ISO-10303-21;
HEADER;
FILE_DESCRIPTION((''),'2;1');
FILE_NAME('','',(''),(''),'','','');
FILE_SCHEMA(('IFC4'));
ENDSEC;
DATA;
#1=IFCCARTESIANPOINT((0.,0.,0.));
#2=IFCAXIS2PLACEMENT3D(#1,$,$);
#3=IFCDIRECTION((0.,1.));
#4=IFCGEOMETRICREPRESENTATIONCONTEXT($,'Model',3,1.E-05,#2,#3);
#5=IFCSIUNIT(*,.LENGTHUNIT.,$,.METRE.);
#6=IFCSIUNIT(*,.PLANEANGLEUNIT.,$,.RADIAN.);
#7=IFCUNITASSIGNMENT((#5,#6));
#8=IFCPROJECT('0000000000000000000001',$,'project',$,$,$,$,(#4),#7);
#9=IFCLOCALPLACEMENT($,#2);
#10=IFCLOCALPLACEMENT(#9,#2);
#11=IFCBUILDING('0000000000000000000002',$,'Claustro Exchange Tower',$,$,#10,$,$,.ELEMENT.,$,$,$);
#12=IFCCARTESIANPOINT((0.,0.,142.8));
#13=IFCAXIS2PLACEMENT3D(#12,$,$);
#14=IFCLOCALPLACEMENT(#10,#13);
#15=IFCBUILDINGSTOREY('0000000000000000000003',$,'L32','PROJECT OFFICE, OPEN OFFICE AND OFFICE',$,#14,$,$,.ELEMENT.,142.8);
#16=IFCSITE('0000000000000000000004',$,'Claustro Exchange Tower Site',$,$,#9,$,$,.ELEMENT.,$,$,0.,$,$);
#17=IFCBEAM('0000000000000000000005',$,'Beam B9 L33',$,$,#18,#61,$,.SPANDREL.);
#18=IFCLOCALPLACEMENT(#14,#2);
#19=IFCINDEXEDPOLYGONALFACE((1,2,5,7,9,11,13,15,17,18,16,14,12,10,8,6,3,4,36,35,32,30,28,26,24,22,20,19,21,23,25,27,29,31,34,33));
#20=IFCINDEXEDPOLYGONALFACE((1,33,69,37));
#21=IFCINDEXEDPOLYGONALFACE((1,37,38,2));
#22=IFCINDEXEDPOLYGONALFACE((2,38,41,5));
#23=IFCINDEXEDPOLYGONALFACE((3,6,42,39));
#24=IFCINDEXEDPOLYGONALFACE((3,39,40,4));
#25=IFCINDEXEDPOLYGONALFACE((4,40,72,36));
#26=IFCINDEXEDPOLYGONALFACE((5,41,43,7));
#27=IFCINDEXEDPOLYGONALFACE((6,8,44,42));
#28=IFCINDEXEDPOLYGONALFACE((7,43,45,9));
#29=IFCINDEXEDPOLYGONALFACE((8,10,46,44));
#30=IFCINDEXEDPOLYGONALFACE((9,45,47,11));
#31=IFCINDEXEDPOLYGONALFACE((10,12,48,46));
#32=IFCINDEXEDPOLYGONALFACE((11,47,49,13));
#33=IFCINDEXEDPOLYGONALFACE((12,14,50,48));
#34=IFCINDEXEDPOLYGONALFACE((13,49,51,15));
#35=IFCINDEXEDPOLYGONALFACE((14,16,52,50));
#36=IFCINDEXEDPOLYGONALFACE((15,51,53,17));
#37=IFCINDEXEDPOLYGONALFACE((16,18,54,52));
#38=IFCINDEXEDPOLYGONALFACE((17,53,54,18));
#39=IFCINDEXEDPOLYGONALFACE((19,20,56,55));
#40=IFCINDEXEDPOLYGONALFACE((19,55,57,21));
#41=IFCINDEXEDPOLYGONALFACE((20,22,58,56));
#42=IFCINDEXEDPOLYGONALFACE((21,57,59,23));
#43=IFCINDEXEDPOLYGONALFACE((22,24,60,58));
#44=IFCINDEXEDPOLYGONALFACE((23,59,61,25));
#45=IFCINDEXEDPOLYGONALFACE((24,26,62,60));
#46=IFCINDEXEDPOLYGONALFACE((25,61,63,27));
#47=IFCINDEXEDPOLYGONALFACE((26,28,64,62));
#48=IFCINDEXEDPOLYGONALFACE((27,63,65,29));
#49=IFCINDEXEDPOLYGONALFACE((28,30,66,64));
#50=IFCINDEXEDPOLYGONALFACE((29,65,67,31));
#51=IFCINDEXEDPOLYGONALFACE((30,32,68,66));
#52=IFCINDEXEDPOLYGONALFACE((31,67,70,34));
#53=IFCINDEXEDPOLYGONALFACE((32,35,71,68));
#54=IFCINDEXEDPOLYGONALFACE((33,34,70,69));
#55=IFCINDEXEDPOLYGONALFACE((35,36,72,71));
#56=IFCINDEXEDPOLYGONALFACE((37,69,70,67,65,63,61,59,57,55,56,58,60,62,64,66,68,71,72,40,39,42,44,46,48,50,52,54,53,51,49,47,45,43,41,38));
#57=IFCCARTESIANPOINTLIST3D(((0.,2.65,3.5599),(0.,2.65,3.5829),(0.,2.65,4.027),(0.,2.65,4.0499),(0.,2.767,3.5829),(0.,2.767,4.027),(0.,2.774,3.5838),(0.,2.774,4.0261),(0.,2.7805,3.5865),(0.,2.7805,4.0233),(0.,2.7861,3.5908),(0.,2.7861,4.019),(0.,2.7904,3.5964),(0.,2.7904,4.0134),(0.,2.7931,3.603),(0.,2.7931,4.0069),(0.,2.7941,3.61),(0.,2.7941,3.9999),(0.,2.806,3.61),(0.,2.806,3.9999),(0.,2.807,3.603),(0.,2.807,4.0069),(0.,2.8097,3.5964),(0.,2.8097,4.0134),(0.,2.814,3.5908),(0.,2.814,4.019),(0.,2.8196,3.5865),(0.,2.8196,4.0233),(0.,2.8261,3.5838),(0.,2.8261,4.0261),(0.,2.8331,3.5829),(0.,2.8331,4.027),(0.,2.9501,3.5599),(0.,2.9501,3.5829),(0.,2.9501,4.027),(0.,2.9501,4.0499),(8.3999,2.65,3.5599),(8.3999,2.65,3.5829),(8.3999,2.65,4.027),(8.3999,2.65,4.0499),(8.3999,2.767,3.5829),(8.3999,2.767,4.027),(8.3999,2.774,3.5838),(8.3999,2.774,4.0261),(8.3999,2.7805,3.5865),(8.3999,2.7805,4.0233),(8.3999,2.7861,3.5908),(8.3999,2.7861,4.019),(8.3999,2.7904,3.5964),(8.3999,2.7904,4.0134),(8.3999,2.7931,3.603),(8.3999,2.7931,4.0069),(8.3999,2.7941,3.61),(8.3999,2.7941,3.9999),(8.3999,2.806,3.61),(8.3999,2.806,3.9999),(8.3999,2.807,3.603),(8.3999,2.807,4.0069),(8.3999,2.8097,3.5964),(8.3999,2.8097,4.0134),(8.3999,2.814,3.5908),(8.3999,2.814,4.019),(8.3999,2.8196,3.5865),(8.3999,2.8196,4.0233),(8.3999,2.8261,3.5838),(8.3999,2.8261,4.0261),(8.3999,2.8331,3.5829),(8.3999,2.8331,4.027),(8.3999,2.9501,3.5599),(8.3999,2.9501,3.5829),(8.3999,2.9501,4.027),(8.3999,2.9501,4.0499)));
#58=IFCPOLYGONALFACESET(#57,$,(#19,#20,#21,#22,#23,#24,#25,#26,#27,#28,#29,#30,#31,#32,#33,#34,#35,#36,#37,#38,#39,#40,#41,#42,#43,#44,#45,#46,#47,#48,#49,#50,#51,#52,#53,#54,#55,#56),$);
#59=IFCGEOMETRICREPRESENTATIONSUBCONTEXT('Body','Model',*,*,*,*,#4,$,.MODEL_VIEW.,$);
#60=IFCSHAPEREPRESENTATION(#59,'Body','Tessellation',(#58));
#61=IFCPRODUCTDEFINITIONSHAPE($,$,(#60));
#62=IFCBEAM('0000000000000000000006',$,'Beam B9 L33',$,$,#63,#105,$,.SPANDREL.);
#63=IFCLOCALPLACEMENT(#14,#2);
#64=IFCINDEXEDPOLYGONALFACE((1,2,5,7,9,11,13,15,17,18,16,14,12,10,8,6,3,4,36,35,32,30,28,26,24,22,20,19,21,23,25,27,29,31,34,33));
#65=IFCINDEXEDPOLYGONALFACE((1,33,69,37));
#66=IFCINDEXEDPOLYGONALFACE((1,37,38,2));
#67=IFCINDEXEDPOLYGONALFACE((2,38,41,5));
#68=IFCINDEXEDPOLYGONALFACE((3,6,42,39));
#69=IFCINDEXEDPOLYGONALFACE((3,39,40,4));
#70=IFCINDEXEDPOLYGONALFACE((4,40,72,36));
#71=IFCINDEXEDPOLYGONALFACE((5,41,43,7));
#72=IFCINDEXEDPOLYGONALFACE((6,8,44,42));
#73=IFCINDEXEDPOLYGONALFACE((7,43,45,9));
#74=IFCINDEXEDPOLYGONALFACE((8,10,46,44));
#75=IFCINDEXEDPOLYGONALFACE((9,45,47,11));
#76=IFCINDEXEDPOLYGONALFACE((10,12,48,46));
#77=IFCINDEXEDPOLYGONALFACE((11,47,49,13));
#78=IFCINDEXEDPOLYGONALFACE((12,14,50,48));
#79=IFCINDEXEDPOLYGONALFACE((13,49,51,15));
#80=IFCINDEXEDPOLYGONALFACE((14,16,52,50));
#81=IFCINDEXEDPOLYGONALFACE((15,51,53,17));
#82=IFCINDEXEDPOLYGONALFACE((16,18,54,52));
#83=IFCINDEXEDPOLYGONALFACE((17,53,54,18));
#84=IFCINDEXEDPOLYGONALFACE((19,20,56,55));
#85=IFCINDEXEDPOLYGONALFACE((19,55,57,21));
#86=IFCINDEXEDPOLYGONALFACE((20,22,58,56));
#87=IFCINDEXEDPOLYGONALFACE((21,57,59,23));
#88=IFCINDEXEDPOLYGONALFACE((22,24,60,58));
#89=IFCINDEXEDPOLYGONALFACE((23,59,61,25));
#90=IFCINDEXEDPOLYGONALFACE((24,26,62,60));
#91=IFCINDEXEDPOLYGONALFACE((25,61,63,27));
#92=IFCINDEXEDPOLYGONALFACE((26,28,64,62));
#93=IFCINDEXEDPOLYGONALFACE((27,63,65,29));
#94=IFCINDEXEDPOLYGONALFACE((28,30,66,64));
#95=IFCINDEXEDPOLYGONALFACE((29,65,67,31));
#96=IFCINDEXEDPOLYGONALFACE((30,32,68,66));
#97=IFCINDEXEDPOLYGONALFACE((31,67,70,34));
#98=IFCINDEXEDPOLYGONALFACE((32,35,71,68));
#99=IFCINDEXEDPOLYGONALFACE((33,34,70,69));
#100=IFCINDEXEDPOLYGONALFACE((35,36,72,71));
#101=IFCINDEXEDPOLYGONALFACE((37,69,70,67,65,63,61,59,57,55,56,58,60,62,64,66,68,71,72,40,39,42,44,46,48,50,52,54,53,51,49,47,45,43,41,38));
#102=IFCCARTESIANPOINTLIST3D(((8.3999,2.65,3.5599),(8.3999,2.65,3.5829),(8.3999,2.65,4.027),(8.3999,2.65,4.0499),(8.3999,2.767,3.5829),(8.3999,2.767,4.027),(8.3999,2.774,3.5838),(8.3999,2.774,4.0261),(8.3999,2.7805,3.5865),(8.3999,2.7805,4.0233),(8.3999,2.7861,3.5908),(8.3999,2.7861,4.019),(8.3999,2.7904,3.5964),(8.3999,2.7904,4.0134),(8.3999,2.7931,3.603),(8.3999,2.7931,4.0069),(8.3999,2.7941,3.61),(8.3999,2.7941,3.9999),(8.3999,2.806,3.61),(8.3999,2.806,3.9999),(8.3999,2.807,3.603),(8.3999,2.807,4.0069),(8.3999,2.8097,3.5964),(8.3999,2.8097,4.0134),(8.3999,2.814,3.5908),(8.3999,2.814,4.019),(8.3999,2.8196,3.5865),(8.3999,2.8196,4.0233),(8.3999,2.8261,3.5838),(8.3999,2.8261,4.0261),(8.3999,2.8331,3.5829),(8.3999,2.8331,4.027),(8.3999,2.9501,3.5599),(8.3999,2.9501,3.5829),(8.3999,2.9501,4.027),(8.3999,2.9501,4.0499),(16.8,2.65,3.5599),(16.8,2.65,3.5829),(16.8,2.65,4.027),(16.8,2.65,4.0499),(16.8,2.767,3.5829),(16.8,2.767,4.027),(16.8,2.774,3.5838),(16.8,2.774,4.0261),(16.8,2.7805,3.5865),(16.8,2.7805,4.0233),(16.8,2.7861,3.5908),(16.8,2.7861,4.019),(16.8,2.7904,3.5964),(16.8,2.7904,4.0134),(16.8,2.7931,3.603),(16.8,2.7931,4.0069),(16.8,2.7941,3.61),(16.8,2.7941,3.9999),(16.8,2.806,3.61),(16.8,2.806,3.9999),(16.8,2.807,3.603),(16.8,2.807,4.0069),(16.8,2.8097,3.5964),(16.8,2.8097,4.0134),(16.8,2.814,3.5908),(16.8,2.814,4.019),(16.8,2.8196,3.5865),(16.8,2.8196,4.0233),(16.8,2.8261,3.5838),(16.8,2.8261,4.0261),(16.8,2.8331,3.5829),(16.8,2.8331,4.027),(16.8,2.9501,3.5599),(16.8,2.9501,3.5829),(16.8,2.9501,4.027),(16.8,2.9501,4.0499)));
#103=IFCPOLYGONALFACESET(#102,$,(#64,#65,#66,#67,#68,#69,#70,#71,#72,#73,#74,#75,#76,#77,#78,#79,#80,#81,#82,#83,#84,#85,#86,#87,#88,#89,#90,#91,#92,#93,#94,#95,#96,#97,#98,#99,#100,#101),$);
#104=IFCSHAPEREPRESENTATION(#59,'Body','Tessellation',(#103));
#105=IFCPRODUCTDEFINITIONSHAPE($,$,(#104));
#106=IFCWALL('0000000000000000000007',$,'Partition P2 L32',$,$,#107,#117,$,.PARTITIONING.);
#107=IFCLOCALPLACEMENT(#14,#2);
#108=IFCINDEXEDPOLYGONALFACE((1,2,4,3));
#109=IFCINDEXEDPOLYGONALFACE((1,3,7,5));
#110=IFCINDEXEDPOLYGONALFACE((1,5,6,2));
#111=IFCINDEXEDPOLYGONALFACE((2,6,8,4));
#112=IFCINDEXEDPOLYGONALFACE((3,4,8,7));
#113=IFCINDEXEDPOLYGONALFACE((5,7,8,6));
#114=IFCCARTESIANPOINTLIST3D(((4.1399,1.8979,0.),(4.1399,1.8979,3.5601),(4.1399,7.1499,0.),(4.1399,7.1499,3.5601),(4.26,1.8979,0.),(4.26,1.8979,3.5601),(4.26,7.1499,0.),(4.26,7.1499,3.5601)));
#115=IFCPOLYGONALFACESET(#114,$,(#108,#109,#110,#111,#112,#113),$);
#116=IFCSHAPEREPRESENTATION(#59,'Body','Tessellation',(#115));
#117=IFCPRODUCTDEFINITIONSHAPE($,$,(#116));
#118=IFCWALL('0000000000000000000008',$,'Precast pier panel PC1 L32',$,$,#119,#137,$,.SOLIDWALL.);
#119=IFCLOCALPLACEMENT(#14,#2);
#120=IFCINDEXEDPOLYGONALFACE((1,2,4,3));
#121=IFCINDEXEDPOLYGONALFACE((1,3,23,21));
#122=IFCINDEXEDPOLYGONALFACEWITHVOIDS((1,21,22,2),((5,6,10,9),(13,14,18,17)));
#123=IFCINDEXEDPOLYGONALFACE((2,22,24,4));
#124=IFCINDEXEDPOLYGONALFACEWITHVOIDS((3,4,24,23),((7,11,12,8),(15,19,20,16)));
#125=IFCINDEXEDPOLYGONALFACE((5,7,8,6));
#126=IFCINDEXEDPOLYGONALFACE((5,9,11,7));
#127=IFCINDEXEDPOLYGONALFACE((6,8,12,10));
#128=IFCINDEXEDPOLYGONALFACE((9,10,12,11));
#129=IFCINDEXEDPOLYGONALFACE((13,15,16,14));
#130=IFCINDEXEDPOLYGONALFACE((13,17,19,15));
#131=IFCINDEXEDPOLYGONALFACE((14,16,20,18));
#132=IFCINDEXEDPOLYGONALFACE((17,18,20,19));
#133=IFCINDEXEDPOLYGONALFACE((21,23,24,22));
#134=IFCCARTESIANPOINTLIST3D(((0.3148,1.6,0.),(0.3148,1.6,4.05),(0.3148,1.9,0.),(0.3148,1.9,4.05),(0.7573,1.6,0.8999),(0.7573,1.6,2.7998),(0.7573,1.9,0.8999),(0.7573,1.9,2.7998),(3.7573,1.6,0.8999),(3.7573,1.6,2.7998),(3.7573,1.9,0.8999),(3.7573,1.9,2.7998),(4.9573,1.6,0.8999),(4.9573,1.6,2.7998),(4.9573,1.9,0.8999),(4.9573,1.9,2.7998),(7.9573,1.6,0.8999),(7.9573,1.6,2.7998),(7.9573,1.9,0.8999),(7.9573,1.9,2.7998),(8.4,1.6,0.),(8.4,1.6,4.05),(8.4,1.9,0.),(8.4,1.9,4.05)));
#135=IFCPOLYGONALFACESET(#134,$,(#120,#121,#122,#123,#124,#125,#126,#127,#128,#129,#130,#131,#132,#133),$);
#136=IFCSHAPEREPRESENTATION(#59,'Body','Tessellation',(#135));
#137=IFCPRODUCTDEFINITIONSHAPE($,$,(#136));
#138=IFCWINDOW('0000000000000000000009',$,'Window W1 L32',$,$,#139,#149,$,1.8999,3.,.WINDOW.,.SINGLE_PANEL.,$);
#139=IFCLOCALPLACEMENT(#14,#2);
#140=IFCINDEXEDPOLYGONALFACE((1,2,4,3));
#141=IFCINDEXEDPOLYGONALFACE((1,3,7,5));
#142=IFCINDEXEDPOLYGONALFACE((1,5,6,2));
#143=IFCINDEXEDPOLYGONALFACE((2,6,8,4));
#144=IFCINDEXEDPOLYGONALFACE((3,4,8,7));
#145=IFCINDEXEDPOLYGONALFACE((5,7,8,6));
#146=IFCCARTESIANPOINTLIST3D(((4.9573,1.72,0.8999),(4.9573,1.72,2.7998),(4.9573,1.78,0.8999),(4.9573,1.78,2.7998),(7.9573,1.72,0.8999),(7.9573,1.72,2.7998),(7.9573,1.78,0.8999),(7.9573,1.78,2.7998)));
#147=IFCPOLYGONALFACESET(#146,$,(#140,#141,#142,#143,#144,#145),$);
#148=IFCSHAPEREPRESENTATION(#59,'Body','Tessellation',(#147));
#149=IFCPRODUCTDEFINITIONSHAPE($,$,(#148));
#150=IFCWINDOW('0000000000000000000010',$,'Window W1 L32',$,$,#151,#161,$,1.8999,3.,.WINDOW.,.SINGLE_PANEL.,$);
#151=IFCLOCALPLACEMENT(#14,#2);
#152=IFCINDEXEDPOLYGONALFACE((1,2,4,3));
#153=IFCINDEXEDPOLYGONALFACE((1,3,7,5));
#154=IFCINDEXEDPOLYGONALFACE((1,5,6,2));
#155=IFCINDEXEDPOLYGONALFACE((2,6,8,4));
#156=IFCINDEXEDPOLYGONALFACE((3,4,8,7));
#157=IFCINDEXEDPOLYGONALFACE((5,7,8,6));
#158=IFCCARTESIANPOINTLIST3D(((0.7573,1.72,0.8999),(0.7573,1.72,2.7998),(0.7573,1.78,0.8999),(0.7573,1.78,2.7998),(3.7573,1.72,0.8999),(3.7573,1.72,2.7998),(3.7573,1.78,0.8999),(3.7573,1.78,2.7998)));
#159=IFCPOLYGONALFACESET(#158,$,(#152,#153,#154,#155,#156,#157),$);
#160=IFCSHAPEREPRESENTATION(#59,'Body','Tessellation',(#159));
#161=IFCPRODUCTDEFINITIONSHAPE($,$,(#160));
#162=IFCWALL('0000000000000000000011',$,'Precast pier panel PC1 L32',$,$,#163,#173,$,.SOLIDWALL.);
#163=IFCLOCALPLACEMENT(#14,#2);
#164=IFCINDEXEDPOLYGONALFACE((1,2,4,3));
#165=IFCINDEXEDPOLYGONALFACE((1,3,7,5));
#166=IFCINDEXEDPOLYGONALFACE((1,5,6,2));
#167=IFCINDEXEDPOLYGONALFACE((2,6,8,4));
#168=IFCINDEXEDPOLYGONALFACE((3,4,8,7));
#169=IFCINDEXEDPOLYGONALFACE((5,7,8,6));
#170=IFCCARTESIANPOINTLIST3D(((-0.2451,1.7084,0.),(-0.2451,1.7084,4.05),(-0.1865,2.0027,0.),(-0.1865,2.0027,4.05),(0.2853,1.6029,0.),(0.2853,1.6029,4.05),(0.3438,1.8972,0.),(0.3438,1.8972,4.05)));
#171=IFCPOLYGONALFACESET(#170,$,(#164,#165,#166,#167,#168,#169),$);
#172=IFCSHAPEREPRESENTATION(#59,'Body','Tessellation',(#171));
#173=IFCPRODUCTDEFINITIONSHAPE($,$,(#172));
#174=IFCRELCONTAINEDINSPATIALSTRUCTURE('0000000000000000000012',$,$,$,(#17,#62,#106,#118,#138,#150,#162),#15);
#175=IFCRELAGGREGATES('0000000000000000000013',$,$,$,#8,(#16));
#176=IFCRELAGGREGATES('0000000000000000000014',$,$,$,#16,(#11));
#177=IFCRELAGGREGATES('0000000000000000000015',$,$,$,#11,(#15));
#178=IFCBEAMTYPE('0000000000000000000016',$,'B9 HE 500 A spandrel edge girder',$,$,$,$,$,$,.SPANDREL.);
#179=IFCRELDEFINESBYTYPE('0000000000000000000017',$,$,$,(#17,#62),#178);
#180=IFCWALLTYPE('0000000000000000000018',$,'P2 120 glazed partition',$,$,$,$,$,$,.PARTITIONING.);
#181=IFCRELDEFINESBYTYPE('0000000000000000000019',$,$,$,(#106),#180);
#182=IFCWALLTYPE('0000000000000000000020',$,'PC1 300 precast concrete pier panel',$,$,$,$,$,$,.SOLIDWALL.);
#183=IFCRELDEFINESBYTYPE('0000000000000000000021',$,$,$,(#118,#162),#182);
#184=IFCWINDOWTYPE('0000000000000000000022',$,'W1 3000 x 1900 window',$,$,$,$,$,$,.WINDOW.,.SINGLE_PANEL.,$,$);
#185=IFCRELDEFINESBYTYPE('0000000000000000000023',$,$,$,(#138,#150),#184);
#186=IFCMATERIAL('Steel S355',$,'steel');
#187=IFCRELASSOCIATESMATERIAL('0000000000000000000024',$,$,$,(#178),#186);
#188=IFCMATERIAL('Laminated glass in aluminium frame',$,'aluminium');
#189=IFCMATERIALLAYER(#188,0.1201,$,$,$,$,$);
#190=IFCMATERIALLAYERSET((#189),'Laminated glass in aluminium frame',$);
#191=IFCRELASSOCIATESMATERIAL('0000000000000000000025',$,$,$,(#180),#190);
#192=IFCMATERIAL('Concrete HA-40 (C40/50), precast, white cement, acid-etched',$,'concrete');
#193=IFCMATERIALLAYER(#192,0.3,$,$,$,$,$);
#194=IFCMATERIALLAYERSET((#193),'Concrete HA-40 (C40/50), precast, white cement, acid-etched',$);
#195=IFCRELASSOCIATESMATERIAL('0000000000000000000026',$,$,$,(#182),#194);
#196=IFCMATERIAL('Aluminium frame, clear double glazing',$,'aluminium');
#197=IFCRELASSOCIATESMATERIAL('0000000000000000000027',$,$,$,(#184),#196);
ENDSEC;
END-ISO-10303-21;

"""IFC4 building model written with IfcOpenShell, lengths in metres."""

from ifc_helpers import new_model, si_unit, direction, frame, frame_2d, origin, origin_2d, place, context, subcontext, project, spatial, rectangle, i_section, extrude, material, layer, layer_set, material_profile, profile_set, type_object, element, fill, save


model = new_model("IFC4")

# Units and contexts
model_context = context("Model", 3, precision=1e-05, world=origin(), true_north=direction((0.0, 1.0)))
body_context = subcontext(model_context, "Body", "Model", "MODEL_VIEW")
ifc_project = project(units=[si_unit("LENGTHUNIT", "METRE"), si_unit("PLANEANGLEUNIT", "RADIAN")], contexts=[model_context])

# Site, building, storey
site_placement = place(None, origin())
site = spatial("IfcSite", under=ifc_project, at=site_placement, Name="Claustro Exchange Tower Site", CompositionType="ELEMENT", RefElevation=0.0)
building_placement = place(site_placement, origin())
building = spatial("IfcBuilding", under=site, at=building_placement, Name="Claustro Exchange Tower", CompositionType="ELEMENT")
storey_placement = place(building_placement, frame((0.0, 0.0, 142.8)))
storey = spatial("IfcBuildingStorey", under=building, at=storey_placement, Name="L32", Description="PROJECT OFFICE, OPEN OFFICE AND OFFICE", CompositionType="ELEMENT", Elevation=142.8)

# Beams
ifc_material_1 = material(Name="Steel S355", Category="steel")
ifc_material_profile_1 = material_profile(ifc_material_1, i_section(OverallWidth=0.3, OverallDepth=0.49, WebThickness=0.012, FlangeThickness=0.0229, FilletRadius=0.0271, at=origin_2d()), Name="HE 500 A")
ifc_profile_set_1 = profile_set([ifc_material_profile_1], Name="Steel S355")
beam_type_1 = type_object("IfcBeamType", Name="B9 HE 500 A spandrel edge girder", PredefinedType="SPANDREL", material=ifc_profile_set_1)
beam_1_placement = place(storey_placement, frame((0.0, 2.8, 3.8049), z_axis=(1.0, 0.0, 0.0), x_axis=(0.0, 1.0, 0.0)))
element("IfcBeam", 1, at=beam_1_placement, inside=storey, type_object=beam_type_1, Name="Beam B9 L33", PredefinedType="SPANDREL", context=body_context, shape_type="SweptSolid", body=[
    extrude(i_section(OverallWidth=0.3, OverallDepth=0.49, WebThickness=0.012, FlangeThickness=0.0229, FilletRadius=0.0271, at=origin_2d()), origin(), (0.0, 0.0, 1.0), 8.3999),
])
beam_2_placement = place(storey_placement, frame((8.3999, 2.8, 3.8049), z_axis=(1.0, 0.0, 0.0), x_axis=(0.0, 1.0, 0.0)))
element("IfcBeam", 2, at=beam_2_placement, inside=storey, type_object=beam_type_1, Name="Beam B9 L33", PredefinedType="SPANDREL", context=body_context, shape_type="SweptSolid", body=[
    extrude(i_section(OverallWidth=0.3, OverallDepth=0.49, WebThickness=0.012, FlangeThickness=0.0229, FilletRadius=0.0271, at=origin_2d()), origin(), (0.0, 0.0, 1.0), 8.4001),
])

# Wall
ifc_material_2 = material(Name="Laminated glass in aluminium frame", Category="aluminium")
ifc_layer_1 = layer(ifc_material_2, 0.1201)
ifc_layer_set_1 = layer_set([ifc_layer_1], Name="Laminated glass in aluminium frame")
wall_type_1 = type_object("IfcWallType", Name="P2 120 glazed partition", PredefinedType="PARTITIONING", material=ifc_layer_set_1)
wall_1_placement = place(storey_placement, frame((4.2, 1.8979, 0.0), z_axis=(0.0, 0.0, 1.0), x_axis=(0.0, 1.0, 0.0)))
element("IfcWall", 3, at=wall_1_placement, inside=storey, type_object=wall_type_1, Name="Partition P2 L32", PredefinedType="PARTITIONING", context=body_context, shape_type="SweptSolid", body=[
    extrude(rectangle(XDim=5.252, YDim=0.1201, at=frame_2d((2.626, 0.0))), origin(), (0.0, 0.0, 1.0), 3.5601),
])

# Wall, openings, windows
ifc_material_3 = material(Name="Concrete HA-40 (C40/50), precast, white cement, acid-etched", Category="concrete")
ifc_layer_2 = layer(ifc_material_3, 0.3)
ifc_layer_set_2 = layer_set([ifc_layer_2], Name="Concrete HA-40 (C40/50), precast, white cement, acid-etched")
wall_type_2 = type_object("IfcWallType", Name="PC1 300 precast concrete pier panel", PredefinedType="SOLIDWALL", material=ifc_layer_set_2)
wall_2_placement = place(storey_placement, frame((8.3999, 1.75, 0.0), z_axis=(0.0, 0.0, 1.0), x_axis=(-1.0, 0.0, 0.0)))
wall_2 = element("IfcWall", 4, at=wall_2_placement, inside=storey, type_object=wall_type_2, Name="Precast pier panel PC1 L32", PredefinedType="SOLIDWALL", context=body_context, shape_type="SweptSolid", body=[
    extrude(rectangle(XDim=8.0852, YDim=0.3, at=frame_2d((4.0425, 0.0))), origin(), (0.0, 0.0, 1.0), 4.05),
])
opening_1_placement = place(wall_2_placement, frame((0.4426, 0.0, 0.8999)))
opening_1 = element("IfcOpeningElement", 5, at=opening_1_placement, cuts=wall_2, PredefinedType="OPENING", context=body_context, shape_type="SweptSolid", body=[
    extrude(rectangle(XDim=3.0, YDim=1.8999, at=frame_2d((1.5, 0.95))), frame((0.0, 0.1599, 0.0), z_axis=(0.0, -1.0, 0.0), x_axis=(1.0, 0.0, 0.0)), (0.0, 0.0, 1.0), 0.3201),
])
opening_2_placement = place(wall_2_placement, frame((4.6426, 0.0, 0.8999)))
opening_2 = element("IfcOpeningElement", 6, at=opening_2_placement, cuts=wall_2, PredefinedType="OPENING", context=body_context, shape_type="SweptSolid", body=[
    extrude(rectangle(XDim=3.0, YDim=1.8999, at=frame_2d((1.5, 0.95))), frame((0.0, 0.1599, 0.0), z_axis=(0.0, -1.0, 0.0), x_axis=(1.0, 0.0, 0.0)), (0.0, 0.0, 1.0), 0.3201),
])
ifc_material_4 = material(Name="Aluminium frame, clear double glazing", Category="aluminium")
window_type = type_object("IfcWindowType", Name="W1 3000 x 1900 window", PartitioningType="SINGLE_PANEL", PredefinedType="WINDOW", material=ifc_material_4)
window_1_placement = place(opening_1_placement, origin())
window_1 = element("IfcWindow", 7, at=window_1_placement, inside=storey, type_object=window_type, Name="Window W1 L32", OverallHeight=1.8999, OverallWidth=3.0, PartitioningType="SINGLE_PANEL", PredefinedType="WINDOW", context=body_context, shape_type="SweptSolid", body=[
    extrude(rectangle(XDim=3.0, YDim=1.8999, at=frame_2d((1.5, 0.95))), frame((0.0, 0.03, 0.0), z_axis=(0.0, -1.0, 0.0), x_axis=(1.0, 0.0, 0.0)), (0.0, 0.0, 1.0), 0.0601),
])
fill(opening_1, window_1)
window_2_placement = place(opening_2_placement, origin())
window_2 = element("IfcWindow", 8, at=window_2_placement, inside=storey, type_object=window_type, Name="Window W1 L32", OverallHeight=1.8999, OverallWidth=3.0, PartitioningType="SINGLE_PANEL", PredefinedType="WINDOW", context=body_context, shape_type="SweptSolid", body=[
    extrude(rectangle(XDim=3.0, YDim=1.8999, at=frame_2d((1.5, 0.95))), frame((0.0, 0.03, 0.0), z_axis=(0.0, -1.0, 0.0), x_axis=(1.0, 0.0, 0.0)), (0.0, 0.0, 1.0), 0.0601),
])
fill(opening_2, window_2)

# Wall
wall_3_placement = place(storey_placement, frame((0.3147, 1.75, 0.0), z_axis=(0.0, 0.0, 1.0), x_axis=(-0.980789, 0.195074, 0.0)))
element("IfcWall", 9, at=wall_3_placement, inside=storey, type_object=wall_type_2, Name="Precast pier panel PC1 L32", PredefinedType="SOLIDWALL", context=body_context, shape_type="SweptSolid", body=[
    extrude(rectangle(XDim=0.5408, YDim=0.3, at=frame_2d((0.2705, 0.0))), origin(), (0.0, 0.0, 1.0), 4.05),
])

save(model, "model.ifc")
